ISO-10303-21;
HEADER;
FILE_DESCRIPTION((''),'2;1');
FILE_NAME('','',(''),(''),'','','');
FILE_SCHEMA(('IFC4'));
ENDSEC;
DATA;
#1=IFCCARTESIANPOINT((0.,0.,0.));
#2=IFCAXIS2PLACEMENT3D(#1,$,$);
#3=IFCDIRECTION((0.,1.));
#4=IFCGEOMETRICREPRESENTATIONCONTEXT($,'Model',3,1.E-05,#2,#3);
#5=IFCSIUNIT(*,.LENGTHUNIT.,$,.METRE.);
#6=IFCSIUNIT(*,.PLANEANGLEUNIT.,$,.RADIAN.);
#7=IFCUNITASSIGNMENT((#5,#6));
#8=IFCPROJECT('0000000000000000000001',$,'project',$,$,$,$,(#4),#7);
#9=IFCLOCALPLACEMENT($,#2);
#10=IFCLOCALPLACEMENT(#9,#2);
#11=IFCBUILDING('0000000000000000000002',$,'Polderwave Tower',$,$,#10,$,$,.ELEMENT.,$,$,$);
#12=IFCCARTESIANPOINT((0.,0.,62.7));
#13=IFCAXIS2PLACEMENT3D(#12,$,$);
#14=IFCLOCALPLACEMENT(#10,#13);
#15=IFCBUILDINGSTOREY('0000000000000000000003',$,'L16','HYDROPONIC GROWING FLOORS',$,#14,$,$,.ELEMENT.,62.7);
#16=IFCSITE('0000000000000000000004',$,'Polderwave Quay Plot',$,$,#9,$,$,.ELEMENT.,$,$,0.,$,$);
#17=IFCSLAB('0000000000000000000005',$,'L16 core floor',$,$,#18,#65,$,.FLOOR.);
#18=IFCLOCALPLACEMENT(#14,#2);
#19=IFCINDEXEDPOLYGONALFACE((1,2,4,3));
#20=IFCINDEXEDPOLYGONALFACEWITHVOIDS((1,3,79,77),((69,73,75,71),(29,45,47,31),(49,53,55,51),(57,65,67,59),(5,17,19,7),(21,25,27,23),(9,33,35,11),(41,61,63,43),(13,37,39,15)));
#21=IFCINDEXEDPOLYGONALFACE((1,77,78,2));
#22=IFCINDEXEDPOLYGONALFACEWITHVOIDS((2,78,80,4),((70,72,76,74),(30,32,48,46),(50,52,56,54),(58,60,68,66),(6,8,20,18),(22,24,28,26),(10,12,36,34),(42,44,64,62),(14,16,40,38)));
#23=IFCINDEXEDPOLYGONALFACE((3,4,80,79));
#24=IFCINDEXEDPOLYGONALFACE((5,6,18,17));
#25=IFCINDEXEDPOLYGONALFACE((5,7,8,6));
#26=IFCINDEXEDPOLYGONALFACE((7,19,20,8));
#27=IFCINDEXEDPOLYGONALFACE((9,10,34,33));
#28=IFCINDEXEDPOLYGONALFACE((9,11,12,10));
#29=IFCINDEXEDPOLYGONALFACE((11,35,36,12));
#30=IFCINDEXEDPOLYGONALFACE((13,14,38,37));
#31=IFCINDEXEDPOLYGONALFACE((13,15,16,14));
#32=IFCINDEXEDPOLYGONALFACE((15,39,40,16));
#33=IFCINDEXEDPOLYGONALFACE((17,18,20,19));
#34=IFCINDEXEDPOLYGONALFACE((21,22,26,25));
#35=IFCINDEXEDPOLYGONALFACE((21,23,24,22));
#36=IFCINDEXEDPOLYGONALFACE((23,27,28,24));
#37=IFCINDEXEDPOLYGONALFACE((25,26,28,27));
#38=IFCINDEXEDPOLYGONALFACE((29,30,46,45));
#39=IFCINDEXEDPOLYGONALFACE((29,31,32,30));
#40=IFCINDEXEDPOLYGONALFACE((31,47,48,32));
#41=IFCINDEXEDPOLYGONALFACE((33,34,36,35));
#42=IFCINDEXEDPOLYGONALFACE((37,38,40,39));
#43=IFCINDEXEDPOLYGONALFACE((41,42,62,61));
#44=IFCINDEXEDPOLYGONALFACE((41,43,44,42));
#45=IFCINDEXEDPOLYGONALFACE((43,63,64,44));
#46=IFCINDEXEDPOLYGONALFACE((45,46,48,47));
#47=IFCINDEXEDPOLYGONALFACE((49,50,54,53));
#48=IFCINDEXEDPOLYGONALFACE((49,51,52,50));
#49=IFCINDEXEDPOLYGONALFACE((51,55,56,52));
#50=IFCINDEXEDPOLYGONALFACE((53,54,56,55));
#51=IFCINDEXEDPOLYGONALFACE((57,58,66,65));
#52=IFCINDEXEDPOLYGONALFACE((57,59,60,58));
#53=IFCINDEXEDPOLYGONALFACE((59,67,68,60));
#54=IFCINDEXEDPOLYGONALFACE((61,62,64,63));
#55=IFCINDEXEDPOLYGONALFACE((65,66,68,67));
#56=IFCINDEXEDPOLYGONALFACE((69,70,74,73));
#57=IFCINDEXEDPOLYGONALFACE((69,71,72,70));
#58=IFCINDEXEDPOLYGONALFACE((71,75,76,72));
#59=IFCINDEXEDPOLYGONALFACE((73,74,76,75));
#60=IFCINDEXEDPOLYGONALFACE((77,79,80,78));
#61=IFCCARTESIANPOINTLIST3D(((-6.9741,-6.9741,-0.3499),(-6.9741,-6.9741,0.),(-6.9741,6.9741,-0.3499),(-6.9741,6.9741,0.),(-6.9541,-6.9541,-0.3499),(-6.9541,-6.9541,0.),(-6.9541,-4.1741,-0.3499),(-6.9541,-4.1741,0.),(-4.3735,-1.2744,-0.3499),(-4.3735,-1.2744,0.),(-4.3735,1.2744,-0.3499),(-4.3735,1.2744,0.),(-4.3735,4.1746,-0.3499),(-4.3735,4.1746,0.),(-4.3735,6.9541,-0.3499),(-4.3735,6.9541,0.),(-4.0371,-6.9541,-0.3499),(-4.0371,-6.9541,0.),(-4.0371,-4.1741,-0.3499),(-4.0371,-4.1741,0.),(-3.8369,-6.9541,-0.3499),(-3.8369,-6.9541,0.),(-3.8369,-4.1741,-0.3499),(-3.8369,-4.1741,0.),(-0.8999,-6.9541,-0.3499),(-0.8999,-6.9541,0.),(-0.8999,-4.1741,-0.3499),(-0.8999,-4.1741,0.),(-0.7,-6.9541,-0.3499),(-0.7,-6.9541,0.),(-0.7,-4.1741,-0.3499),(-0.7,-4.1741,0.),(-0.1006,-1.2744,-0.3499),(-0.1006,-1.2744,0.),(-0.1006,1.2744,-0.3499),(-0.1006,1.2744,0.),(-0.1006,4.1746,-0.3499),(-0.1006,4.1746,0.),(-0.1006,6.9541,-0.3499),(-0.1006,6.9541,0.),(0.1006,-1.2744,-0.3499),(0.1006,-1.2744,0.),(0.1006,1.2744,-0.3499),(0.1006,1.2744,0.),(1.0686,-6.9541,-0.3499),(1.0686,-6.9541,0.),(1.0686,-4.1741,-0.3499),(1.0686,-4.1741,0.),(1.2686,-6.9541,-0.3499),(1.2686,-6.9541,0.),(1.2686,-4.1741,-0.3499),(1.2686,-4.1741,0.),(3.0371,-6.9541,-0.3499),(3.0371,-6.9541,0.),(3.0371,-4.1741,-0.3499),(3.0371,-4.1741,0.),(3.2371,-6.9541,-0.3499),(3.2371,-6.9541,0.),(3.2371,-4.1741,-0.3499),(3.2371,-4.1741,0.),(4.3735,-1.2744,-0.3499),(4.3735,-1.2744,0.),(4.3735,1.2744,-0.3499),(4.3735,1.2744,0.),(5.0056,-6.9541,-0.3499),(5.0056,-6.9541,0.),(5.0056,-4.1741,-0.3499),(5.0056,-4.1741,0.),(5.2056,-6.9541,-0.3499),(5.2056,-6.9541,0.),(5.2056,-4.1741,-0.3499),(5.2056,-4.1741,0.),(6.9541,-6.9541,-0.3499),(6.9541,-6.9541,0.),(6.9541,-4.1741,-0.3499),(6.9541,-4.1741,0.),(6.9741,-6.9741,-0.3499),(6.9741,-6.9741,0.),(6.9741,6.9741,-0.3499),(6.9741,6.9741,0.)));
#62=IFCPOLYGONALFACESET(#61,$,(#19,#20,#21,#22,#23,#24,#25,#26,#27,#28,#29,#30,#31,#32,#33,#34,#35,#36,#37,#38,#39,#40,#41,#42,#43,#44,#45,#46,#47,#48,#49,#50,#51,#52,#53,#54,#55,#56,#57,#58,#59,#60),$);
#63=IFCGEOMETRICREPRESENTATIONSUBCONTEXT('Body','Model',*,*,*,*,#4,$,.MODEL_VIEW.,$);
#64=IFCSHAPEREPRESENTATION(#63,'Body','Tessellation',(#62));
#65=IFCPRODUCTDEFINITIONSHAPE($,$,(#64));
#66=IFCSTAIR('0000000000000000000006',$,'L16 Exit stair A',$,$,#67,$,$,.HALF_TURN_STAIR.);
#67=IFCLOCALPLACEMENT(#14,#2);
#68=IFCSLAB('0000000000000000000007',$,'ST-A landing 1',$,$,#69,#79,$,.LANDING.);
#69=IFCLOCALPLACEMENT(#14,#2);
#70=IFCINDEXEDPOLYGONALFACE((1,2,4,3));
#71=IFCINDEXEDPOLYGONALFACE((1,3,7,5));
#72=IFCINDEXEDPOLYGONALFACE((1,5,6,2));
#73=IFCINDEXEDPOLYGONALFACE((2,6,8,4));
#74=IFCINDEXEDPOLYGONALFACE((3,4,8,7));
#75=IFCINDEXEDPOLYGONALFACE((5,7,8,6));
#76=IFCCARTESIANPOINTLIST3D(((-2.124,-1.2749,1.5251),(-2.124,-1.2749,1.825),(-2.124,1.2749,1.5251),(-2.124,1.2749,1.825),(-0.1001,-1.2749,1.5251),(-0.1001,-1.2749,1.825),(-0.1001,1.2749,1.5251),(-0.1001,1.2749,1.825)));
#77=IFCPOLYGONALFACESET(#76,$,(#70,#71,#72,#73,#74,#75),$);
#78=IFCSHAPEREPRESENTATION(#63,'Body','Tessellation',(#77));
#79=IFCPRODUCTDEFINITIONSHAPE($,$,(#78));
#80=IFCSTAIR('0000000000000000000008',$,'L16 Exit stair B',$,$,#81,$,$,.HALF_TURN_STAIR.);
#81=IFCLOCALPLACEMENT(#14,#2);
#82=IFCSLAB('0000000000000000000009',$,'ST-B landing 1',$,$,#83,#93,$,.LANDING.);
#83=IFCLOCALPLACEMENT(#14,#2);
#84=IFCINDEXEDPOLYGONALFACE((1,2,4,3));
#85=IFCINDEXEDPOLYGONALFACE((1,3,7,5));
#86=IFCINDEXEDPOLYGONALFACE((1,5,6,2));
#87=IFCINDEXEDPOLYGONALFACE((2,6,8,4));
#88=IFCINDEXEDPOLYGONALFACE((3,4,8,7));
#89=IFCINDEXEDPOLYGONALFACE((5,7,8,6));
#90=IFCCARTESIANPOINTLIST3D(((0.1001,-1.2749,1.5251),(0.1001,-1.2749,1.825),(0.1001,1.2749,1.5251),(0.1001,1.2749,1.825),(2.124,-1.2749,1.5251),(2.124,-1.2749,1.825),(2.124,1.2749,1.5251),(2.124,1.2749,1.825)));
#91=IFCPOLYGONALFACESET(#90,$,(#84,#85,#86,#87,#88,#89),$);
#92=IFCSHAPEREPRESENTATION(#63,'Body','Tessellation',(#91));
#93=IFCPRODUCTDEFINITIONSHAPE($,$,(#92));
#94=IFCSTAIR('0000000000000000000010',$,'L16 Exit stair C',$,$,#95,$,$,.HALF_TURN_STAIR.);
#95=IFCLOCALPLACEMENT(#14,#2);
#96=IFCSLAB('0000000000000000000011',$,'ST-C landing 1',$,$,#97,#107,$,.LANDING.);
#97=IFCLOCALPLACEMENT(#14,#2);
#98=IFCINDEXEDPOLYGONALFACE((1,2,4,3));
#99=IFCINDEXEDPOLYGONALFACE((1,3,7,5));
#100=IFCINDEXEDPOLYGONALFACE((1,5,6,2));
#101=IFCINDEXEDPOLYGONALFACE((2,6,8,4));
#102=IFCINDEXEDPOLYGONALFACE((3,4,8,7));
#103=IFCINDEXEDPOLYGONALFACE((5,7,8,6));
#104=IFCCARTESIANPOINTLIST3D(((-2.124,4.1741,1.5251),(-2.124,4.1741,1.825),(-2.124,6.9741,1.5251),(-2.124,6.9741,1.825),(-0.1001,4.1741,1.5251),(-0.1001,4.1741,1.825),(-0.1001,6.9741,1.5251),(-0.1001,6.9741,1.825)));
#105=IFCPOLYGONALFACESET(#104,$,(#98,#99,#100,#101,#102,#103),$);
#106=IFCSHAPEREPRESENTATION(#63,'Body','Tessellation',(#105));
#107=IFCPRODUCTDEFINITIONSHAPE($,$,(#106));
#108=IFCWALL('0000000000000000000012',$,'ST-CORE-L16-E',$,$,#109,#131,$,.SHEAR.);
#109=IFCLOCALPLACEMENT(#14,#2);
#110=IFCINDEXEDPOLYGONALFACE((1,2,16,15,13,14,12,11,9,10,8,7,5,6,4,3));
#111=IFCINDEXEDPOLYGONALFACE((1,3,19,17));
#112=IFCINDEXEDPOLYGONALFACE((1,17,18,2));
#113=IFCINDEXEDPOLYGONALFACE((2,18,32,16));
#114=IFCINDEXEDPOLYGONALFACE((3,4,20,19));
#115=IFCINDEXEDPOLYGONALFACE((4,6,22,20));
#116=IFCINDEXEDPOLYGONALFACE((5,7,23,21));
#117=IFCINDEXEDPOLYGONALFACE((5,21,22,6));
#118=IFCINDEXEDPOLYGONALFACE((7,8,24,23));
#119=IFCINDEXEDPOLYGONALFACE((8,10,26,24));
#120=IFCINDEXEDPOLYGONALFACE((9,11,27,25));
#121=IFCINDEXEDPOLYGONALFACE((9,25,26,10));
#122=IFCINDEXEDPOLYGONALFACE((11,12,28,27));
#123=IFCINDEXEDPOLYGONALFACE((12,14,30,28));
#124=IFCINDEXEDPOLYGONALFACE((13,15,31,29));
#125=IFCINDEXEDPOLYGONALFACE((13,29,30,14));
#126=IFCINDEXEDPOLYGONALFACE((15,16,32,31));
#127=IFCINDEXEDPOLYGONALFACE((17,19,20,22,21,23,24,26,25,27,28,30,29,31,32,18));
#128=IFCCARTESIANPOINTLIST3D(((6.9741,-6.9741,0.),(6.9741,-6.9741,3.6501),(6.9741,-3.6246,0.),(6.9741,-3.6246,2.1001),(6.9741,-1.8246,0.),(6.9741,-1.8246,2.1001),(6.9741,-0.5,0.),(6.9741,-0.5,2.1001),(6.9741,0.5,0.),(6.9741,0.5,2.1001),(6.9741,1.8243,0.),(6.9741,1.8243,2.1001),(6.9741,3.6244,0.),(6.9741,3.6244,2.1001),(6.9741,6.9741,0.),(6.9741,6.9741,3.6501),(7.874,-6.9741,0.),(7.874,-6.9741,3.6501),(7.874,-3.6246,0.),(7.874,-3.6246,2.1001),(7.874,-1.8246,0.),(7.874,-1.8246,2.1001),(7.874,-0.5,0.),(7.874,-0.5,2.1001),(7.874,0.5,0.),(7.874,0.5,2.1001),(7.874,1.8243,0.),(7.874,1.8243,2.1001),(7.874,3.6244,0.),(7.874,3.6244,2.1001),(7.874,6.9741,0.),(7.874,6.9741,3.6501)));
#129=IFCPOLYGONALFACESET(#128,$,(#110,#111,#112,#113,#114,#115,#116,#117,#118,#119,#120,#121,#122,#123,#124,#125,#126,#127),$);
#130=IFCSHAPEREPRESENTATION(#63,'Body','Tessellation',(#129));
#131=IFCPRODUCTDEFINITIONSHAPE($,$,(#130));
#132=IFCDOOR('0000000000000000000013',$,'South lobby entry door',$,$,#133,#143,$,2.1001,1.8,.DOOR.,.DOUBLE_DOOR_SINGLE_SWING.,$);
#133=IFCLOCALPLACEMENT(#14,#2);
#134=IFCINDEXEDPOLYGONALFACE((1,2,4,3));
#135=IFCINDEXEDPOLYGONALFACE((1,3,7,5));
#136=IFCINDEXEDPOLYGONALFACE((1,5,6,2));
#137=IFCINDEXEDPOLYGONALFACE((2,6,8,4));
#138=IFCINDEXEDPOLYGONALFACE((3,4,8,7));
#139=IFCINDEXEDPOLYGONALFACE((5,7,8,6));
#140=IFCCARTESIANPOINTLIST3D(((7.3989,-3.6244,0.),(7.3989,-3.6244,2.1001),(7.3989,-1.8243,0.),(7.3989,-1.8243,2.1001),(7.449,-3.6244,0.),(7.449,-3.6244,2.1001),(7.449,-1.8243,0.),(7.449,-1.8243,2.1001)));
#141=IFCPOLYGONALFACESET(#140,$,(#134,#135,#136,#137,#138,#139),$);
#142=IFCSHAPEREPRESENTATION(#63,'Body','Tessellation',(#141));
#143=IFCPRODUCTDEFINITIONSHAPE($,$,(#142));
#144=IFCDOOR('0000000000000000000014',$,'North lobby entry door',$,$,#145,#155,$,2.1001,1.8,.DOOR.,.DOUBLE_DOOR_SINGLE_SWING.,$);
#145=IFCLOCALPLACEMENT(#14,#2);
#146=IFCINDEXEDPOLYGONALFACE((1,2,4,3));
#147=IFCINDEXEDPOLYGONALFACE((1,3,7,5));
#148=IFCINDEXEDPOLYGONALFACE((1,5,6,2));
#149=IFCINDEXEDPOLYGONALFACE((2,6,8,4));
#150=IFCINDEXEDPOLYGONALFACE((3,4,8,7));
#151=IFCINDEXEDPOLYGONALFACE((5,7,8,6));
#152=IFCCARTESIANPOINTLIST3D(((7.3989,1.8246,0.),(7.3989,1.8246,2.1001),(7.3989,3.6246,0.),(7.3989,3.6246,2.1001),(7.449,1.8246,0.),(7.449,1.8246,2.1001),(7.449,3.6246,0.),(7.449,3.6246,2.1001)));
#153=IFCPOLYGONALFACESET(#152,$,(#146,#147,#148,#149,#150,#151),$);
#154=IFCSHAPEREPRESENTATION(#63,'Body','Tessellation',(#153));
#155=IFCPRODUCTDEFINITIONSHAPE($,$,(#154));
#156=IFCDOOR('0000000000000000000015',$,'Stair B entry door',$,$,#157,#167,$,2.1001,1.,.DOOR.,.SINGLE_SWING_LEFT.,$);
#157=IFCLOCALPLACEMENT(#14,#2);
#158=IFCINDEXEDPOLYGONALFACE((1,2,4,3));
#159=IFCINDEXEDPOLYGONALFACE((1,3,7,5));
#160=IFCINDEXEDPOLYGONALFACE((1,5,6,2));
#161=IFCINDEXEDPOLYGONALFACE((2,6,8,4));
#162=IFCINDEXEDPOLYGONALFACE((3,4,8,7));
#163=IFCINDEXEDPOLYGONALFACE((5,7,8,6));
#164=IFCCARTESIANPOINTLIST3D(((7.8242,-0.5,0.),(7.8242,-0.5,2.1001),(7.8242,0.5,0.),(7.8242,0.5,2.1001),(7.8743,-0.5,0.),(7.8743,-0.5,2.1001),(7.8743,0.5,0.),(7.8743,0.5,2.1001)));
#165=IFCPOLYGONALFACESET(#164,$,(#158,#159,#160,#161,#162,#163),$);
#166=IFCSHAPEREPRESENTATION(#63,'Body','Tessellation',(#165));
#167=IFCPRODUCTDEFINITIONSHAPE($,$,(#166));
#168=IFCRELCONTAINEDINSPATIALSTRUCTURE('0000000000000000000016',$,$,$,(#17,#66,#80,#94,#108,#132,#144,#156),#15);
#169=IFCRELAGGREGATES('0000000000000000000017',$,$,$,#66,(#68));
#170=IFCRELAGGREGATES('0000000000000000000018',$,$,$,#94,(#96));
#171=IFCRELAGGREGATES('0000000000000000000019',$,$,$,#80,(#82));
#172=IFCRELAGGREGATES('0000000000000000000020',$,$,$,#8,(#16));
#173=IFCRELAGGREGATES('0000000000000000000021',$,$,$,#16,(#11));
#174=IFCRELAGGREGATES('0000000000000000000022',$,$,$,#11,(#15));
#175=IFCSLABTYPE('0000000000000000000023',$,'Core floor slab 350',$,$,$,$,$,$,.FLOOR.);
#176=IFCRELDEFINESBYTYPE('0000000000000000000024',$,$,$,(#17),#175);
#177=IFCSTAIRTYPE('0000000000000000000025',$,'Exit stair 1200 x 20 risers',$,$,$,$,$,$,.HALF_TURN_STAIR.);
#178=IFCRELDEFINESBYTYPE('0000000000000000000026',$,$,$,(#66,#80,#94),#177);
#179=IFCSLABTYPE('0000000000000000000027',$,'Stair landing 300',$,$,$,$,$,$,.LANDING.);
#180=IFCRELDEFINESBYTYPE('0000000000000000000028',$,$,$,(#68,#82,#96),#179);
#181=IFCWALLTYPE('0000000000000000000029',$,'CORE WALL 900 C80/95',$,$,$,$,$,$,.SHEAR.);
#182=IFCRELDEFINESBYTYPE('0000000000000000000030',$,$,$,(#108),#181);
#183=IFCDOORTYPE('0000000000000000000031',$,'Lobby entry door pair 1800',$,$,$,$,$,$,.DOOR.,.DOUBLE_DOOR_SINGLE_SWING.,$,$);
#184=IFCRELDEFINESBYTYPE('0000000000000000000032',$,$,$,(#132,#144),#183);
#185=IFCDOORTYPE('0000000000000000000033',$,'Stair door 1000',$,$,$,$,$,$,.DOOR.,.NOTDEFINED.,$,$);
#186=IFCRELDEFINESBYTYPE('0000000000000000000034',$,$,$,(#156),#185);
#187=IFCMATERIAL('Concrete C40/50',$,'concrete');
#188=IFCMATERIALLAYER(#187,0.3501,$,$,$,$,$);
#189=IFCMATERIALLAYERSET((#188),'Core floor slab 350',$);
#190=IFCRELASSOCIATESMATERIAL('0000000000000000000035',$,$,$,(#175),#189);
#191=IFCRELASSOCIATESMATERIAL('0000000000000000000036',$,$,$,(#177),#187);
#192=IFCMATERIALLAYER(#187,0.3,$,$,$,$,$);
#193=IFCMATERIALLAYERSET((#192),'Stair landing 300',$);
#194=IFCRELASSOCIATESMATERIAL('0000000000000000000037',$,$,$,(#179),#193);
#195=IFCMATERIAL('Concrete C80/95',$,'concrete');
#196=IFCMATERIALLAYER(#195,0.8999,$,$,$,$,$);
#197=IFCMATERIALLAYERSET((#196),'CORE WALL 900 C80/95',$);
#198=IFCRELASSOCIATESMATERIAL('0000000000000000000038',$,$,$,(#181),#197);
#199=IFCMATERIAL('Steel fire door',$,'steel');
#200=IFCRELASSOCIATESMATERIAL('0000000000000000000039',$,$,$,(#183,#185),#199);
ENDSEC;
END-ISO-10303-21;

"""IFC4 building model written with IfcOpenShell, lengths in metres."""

from ifc_helpers import new_model, si_unit, direction, frame, frame_2d, origin, place, context, subcontext, project, spatial, polyline, rectangle, outline, extrude, material, layer, layer_set, type_object, element, fill, aggregate, save


model = new_model("IFC4")

# Units and contexts
model_context = context("Model", 3, precision=1e-05, world=origin(), true_north=direction((0.0, 1.0)))
body_context = subcontext(model_context, "Body", "Model", "MODEL_VIEW")
ifc_project = project(units=[si_unit("LENGTHUNIT", "METRE"), si_unit("PLANEANGLEUNIT", "RADIAN")], contexts=[model_context])

# Site, building, storey
site_placement = place(None, origin())
site = spatial("IfcSite", under=ifc_project, at=site_placement, Name="Polderwave Quay Plot", CompositionType="ELEMENT", RefElevation=0.0)
building_placement = place(site_placement, origin())
building = spatial("IfcBuilding", under=site, at=building_placement, Name="Polderwave Tower", CompositionType="ELEMENT")
storey_placement = place(building_placement, frame((0.0, 0.0, 62.7)))
storey = spatial("IfcBuildingStorey", under=building, at=storey_placement, Name="L16", Description="HYDROPONIC GROWING FLOORS", CompositionType="ELEMENT", Elevation=62.7)

# Slab
ifc_material_1 = material(Name="Concrete C40/50", Category="concrete")
ifc_layer_1 = layer(ifc_material_1, 0.3501)
ifc_layer_set_1 = layer_set([ifc_layer_1], Name="Core floor slab 350")
slab_type_1 = type_object("IfcSlabType", Name="Core floor slab 350", PredefinedType="FLOOR", material=ifc_layer_set_1)
slab_1_placement = place(storey_placement, frame((0.0, 0.0, -0.3499)))
element("IfcSlab", 1, at=slab_1_placement, inside=storey, type_object=slab_type_1, Name="L16 core floor", PredefinedType="FLOOR", context=body_context, shape_type="SweptSolid", body=[
    extrude(outline(polyline([(-6.9741, -6.9741), (6.9741, -6.9741), (6.9741, 6.9741), (-6.9741, 6.9741), (-6.9741, -6.9741)]), holes=[polyline([(-6.9541, -6.9541), (-4.0371, -6.9541), (-4.0371, -4.1741), (-6.9541, -4.1741), (-6.9541, -6.9541)]), polyline([(-3.8369, -6.9541), (-0.8999, -6.9541), (-0.8999, -4.1741), (-3.8369, -4.1741), (-3.8369, -6.9541)]), polyline([(-0.7, -6.9541), (1.0686, -6.9541), (1.0686, -4.1741), (-0.7, -4.1741), (-0.7, -6.9541)]), polyline([(1.2686, -6.9541), (3.0371, -6.9541), (3.0371, -4.1741), (1.2686, -4.1741), (1.2686, -6.9541)]), polyline([(3.2371, -6.9541), (5.0056, -6.9541), (5.0056, -4.1741), (3.2371, -4.1741), (3.2371, -6.9541)]), polyline([(5.2056, -6.9541), (6.9541, -6.9541), (6.9541, -4.1741), (5.2056, -4.1741), (5.2056, -6.9541)]), polyline([(-4.3735, -1.2744), (-0.1006, -1.2744), (-0.1006, 1.2744), (-4.3735, 1.2744), (-4.3735, -1.2744)]), polyline([(0.1006, -1.2744), (4.3735, -1.2744), (4.3735, 1.2744), (0.1006, 1.2744), (0.1006, -1.2744)]), polyline([(-4.3735, 4.1746), (-0.1006, 4.1746), (-0.1006, 6.9541), (-4.3735, 6.9541), (-4.3735, 4.1746)])]), origin(), (0.0, 0.0, 1.0), 0.3499),
])

# Stairs, slabs
stair_type = type_object("IfcStairType", Name="Exit stair 1200 x 20 risers", PredefinedType="HALF_TURN_STAIR", material=ifc_material_1)
stair_1_placement = place(storey_placement, origin())
stair_1 = element("IfcStair", 2, at=stair_1_placement, inside=storey, type_object=stair_type, Name="L16 Exit stair A", PredefinedType="HALF_TURN_STAIR")
ifc_layer_2 = layer(ifc_material_1, 0.3)
ifc_layer_set_2 = layer_set([ifc_layer_2], Name="Stair landing 300")
slab_type_2 = type_object("IfcSlabType", Name="Stair landing 300", PredefinedType="LANDING", material=ifc_layer_set_2)
slab_2_placement = place(storey_placement, frame((0.0, 0.0, 1.5251)))
slab_2 = element("IfcSlab", 3, at=slab_2_placement, type_object=slab_type_2, Name="ST-A landing 1", PredefinedType="LANDING", context=body_context, shape_type="SweptSolid", body=[
    extrude(outline(polyline([(-2.124, -1.2749), (-0.1001, -1.2749), (-0.1001, 1.2749), (-2.124, 1.2749), (-2.124, -1.2749)])), origin(), (0.0, 0.0, 1.0), 0.2998),
])
aggregate(stair_1, [slab_2])
stair_2_placement = place(storey_placement, origin())
stair_2 = element("IfcStair", 4, at=stair_2_placement, inside=storey, type_object=stair_type, Name="L16 Exit stair B", PredefinedType="HALF_TURN_STAIR")
slab_3_placement = place(storey_placement, frame((0.0, 0.0, 1.5251)))
slab_3 = element("IfcSlab", 5, at=slab_3_placement, type_object=slab_type_2, Name="ST-B landing 1", PredefinedType="LANDING", context=body_context, shape_type="SweptSolid", body=[
    extrude(outline(polyline([(2.124, 1.2749), (0.1001, 1.2749), (0.1001, -1.2749), (2.124, -1.2749), (2.124, 1.2749)])), origin(), (0.0, 0.0, 1.0), 0.2998),
])
stair_3_placement = place(storey_placement, origin())
stair_3 = element("IfcStair", 6, at=stair_3_placement, inside=storey, type_object=stair_type, Name="L16 Exit stair C", PredefinedType="HALF_TURN_STAIR")
slab_4_placement = place(storey_placement, frame((0.0, 0.0, 1.5251)))
slab_4 = element("IfcSlab", 7, at=slab_4_placement, type_object=slab_type_2, Name="ST-C landing 1", PredefinedType="LANDING", context=body_context, shape_type="SweptSolid", body=[
    extrude(outline(polyline([(-2.124, 4.1741), (-0.1001, 4.1741), (-0.1001, 6.9741), (-2.124, 6.9741), (-2.124, 4.1741)])), origin(), (0.0, 0.0, 1.0), 0.2998),
])
aggregate(stair_3, [slab_4])

# Wall, openings, doors
ifc_material_2 = material(Name="Concrete C80/95", Category="concrete")
ifc_layer_3 = layer(ifc_material_2, 0.8999)
ifc_layer_set_3 = layer_set([ifc_layer_3], Name="CORE WALL 900 C80/95")
wall_type_1 = type_object("IfcWallType", Name="CORE WALL 900 C80/95", PredefinedType="SHEAR", material=ifc_layer_set_3)
wall_1_placement = place(storey_placement, frame((7.4241, -6.9741, 0.0), z_axis=(0.0, 0.0, 1.0), x_axis=(0.0, 1.0, 0.0)))
wall_1 = element("IfcWall", 8, at=wall_1_placement, inside=storey, type_object=wall_type_1, Name="ST-CORE-L16-E", PredefinedType="SHEAR", context=body_context, shape_type="SweptSolid", body=[
    extrude(rectangle(XDim=13.9482, YDim=0.8999, at=frame_2d((6.9741, 0.0))), origin(), (0.0, 0.0, 1.0), 3.6501),
])
opening_1_placement = place(wall_1_placement, frame((6.4741, 0.0, 0.0)))
opening_1 = element("IfcOpeningElement", 9, at=opening_1_placement, cuts=wall_1, PredefinedType="OPENING", context=body_context, shape_type="SweptSolid", body=[
    extrude(rectangle(XDim=1.0, YDim=2.1001, at=frame_2d((0.5, 1.05))), frame((0.0, 0.46, 0.0), z_axis=(0.0, -1.0, 0.0), x_axis=(1.0, 0.0, 0.0)), (0.0, 0.0, 1.0), 0.9199),
])
opening_2_placement = place(wall_1_placement, frame((3.3496, 0.0, 0.0)))
opening_2 = element("IfcOpeningElement", 10, at=opening_2_placement, cuts=wall_1, PredefinedType="OPENING", context=body_context, shape_type="SweptSolid", body=[
    extrude(rectangle(XDim=1.8, YDim=2.1001, at=frame_2d((0.8999, 1.05))), frame((0.0, 0.46, 0.0), z_axis=(0.0, -1.0, 0.0), x_axis=(1.0, 0.0, 0.0)), (0.0, 0.0, 1.0), 0.9199),
])
opening_3_placement = place(wall_1_placement, frame((8.7986, 0.0, 0.0)))
opening_3 = element("IfcOpeningElement", 11, at=opening_3_placement, cuts=wall_1, PredefinedType="OPENING", context=body_context, shape_type="SweptSolid", body=[
    extrude(rectangle(XDim=1.8, YDim=2.1001, at=frame_2d((0.8999, 1.05))), frame((0.0, 0.46, 0.0), z_axis=(0.0, -1.0, 0.0), x_axis=(1.0, 0.0, 0.0)), (0.0, 0.0, 1.0), 0.9199),
])
ifc_material_3 = material(Name="Steel fire door", Category="steel")
door_type_1 = type_object("IfcDoorType", Name="Lobby entry door pair 1800", OperationType="DOUBLE_DOOR_SINGLE_SWING", PredefinedType="DOOR", material=ifc_material_3)
door_1_placement = place(opening_2_placement, frame((1.8, 0.0, 0.0), z_axis=(0.0, 0.0, 1.0), x_axis=(-1.0, 0.0, 0.0)))
door_1 = element("IfcDoor", 12, at=door_1_placement, inside=storey, type_object=door_type_1, Name="South lobby entry door", OperationType="DOUBLE_DOOR_SINGLE_SWING", OverallHeight=2.1001, OverallWidth=1.8, PredefinedType="DOOR", context=body_context, shape_type="SweptSolid", body=[
    extrude(rectangle(XDim=1.8, YDim=2.1001, at=frame_2d((0.8999, 1.05))), frame((0.0, 0.0249, 0.0), z_axis=(0.0, -1.0, 0.0), x_axis=(1.0, 0.0, 0.0)), (0.0, 0.0, 1.0), 0.05),
])
fill(opening_2, door_1)
door_2_placement = place(opening_3_placement, frame((1.8, 0.0, 0.0), z_axis=(0.0, 0.0, 1.0), x_axis=(-1.0, 0.0, 0.0)))
door_2 = element("IfcDoor", 13, at=door_2_placement, inside=storey, type_object=door_type_1, Name="North lobby entry door", OperationType="DOUBLE_DOOR_SINGLE_SWING", OverallHeight=2.1001, OverallWidth=1.8, PredefinedType="DOOR", context=body_context, shape_type="SweptSolid", body=[
    extrude(rectangle(XDim=1.8, YDim=2.1001, at=frame_2d((0.8999, 1.05))), frame((0.0, 0.0249, 0.0), z_axis=(0.0, -1.0, 0.0), x_axis=(1.0, 0.0, 0.0)), (0.0, 0.0, 1.0), 0.05),
])
fill(opening_3, door_2)
door_type_2 = type_object("IfcDoorType", Name="Stair door 1000", OperationType="NOTDEFINED", PredefinedType="DOOR", material=ifc_material_3)
door_3_placement = place(opening_1_placement, frame((1.0, 0.0, 0.0), z_axis=(0.0, 0.0, 1.0), x_axis=(-1.0, 0.0, 0.0)))
door_3 = element("IfcDoor", 14, at=door_3_placement, inside=storey, type_object=door_type_2, Name="Stair B entry door", OperationType="SINGLE_SWING_LEFT", OverallHeight=2.1001, OverallWidth=1.0, PredefinedType="DOOR", context=body_context, shape_type="SweptSolid", body=[
    extrude(rectangle(XDim=1.0, YDim=2.1001, at=frame_2d((0.5, 1.05))), frame((0.0, 0.4502, 0.0), z_axis=(0.0, -1.0, 0.0), x_axis=(1.0, 0.0, 0.0)), (0.0, 0.0, 1.0), 0.05),
])
fill(opening_1, door_3)

aggregate(stair_2, [slab_3])

save(model, "model.ifc")
